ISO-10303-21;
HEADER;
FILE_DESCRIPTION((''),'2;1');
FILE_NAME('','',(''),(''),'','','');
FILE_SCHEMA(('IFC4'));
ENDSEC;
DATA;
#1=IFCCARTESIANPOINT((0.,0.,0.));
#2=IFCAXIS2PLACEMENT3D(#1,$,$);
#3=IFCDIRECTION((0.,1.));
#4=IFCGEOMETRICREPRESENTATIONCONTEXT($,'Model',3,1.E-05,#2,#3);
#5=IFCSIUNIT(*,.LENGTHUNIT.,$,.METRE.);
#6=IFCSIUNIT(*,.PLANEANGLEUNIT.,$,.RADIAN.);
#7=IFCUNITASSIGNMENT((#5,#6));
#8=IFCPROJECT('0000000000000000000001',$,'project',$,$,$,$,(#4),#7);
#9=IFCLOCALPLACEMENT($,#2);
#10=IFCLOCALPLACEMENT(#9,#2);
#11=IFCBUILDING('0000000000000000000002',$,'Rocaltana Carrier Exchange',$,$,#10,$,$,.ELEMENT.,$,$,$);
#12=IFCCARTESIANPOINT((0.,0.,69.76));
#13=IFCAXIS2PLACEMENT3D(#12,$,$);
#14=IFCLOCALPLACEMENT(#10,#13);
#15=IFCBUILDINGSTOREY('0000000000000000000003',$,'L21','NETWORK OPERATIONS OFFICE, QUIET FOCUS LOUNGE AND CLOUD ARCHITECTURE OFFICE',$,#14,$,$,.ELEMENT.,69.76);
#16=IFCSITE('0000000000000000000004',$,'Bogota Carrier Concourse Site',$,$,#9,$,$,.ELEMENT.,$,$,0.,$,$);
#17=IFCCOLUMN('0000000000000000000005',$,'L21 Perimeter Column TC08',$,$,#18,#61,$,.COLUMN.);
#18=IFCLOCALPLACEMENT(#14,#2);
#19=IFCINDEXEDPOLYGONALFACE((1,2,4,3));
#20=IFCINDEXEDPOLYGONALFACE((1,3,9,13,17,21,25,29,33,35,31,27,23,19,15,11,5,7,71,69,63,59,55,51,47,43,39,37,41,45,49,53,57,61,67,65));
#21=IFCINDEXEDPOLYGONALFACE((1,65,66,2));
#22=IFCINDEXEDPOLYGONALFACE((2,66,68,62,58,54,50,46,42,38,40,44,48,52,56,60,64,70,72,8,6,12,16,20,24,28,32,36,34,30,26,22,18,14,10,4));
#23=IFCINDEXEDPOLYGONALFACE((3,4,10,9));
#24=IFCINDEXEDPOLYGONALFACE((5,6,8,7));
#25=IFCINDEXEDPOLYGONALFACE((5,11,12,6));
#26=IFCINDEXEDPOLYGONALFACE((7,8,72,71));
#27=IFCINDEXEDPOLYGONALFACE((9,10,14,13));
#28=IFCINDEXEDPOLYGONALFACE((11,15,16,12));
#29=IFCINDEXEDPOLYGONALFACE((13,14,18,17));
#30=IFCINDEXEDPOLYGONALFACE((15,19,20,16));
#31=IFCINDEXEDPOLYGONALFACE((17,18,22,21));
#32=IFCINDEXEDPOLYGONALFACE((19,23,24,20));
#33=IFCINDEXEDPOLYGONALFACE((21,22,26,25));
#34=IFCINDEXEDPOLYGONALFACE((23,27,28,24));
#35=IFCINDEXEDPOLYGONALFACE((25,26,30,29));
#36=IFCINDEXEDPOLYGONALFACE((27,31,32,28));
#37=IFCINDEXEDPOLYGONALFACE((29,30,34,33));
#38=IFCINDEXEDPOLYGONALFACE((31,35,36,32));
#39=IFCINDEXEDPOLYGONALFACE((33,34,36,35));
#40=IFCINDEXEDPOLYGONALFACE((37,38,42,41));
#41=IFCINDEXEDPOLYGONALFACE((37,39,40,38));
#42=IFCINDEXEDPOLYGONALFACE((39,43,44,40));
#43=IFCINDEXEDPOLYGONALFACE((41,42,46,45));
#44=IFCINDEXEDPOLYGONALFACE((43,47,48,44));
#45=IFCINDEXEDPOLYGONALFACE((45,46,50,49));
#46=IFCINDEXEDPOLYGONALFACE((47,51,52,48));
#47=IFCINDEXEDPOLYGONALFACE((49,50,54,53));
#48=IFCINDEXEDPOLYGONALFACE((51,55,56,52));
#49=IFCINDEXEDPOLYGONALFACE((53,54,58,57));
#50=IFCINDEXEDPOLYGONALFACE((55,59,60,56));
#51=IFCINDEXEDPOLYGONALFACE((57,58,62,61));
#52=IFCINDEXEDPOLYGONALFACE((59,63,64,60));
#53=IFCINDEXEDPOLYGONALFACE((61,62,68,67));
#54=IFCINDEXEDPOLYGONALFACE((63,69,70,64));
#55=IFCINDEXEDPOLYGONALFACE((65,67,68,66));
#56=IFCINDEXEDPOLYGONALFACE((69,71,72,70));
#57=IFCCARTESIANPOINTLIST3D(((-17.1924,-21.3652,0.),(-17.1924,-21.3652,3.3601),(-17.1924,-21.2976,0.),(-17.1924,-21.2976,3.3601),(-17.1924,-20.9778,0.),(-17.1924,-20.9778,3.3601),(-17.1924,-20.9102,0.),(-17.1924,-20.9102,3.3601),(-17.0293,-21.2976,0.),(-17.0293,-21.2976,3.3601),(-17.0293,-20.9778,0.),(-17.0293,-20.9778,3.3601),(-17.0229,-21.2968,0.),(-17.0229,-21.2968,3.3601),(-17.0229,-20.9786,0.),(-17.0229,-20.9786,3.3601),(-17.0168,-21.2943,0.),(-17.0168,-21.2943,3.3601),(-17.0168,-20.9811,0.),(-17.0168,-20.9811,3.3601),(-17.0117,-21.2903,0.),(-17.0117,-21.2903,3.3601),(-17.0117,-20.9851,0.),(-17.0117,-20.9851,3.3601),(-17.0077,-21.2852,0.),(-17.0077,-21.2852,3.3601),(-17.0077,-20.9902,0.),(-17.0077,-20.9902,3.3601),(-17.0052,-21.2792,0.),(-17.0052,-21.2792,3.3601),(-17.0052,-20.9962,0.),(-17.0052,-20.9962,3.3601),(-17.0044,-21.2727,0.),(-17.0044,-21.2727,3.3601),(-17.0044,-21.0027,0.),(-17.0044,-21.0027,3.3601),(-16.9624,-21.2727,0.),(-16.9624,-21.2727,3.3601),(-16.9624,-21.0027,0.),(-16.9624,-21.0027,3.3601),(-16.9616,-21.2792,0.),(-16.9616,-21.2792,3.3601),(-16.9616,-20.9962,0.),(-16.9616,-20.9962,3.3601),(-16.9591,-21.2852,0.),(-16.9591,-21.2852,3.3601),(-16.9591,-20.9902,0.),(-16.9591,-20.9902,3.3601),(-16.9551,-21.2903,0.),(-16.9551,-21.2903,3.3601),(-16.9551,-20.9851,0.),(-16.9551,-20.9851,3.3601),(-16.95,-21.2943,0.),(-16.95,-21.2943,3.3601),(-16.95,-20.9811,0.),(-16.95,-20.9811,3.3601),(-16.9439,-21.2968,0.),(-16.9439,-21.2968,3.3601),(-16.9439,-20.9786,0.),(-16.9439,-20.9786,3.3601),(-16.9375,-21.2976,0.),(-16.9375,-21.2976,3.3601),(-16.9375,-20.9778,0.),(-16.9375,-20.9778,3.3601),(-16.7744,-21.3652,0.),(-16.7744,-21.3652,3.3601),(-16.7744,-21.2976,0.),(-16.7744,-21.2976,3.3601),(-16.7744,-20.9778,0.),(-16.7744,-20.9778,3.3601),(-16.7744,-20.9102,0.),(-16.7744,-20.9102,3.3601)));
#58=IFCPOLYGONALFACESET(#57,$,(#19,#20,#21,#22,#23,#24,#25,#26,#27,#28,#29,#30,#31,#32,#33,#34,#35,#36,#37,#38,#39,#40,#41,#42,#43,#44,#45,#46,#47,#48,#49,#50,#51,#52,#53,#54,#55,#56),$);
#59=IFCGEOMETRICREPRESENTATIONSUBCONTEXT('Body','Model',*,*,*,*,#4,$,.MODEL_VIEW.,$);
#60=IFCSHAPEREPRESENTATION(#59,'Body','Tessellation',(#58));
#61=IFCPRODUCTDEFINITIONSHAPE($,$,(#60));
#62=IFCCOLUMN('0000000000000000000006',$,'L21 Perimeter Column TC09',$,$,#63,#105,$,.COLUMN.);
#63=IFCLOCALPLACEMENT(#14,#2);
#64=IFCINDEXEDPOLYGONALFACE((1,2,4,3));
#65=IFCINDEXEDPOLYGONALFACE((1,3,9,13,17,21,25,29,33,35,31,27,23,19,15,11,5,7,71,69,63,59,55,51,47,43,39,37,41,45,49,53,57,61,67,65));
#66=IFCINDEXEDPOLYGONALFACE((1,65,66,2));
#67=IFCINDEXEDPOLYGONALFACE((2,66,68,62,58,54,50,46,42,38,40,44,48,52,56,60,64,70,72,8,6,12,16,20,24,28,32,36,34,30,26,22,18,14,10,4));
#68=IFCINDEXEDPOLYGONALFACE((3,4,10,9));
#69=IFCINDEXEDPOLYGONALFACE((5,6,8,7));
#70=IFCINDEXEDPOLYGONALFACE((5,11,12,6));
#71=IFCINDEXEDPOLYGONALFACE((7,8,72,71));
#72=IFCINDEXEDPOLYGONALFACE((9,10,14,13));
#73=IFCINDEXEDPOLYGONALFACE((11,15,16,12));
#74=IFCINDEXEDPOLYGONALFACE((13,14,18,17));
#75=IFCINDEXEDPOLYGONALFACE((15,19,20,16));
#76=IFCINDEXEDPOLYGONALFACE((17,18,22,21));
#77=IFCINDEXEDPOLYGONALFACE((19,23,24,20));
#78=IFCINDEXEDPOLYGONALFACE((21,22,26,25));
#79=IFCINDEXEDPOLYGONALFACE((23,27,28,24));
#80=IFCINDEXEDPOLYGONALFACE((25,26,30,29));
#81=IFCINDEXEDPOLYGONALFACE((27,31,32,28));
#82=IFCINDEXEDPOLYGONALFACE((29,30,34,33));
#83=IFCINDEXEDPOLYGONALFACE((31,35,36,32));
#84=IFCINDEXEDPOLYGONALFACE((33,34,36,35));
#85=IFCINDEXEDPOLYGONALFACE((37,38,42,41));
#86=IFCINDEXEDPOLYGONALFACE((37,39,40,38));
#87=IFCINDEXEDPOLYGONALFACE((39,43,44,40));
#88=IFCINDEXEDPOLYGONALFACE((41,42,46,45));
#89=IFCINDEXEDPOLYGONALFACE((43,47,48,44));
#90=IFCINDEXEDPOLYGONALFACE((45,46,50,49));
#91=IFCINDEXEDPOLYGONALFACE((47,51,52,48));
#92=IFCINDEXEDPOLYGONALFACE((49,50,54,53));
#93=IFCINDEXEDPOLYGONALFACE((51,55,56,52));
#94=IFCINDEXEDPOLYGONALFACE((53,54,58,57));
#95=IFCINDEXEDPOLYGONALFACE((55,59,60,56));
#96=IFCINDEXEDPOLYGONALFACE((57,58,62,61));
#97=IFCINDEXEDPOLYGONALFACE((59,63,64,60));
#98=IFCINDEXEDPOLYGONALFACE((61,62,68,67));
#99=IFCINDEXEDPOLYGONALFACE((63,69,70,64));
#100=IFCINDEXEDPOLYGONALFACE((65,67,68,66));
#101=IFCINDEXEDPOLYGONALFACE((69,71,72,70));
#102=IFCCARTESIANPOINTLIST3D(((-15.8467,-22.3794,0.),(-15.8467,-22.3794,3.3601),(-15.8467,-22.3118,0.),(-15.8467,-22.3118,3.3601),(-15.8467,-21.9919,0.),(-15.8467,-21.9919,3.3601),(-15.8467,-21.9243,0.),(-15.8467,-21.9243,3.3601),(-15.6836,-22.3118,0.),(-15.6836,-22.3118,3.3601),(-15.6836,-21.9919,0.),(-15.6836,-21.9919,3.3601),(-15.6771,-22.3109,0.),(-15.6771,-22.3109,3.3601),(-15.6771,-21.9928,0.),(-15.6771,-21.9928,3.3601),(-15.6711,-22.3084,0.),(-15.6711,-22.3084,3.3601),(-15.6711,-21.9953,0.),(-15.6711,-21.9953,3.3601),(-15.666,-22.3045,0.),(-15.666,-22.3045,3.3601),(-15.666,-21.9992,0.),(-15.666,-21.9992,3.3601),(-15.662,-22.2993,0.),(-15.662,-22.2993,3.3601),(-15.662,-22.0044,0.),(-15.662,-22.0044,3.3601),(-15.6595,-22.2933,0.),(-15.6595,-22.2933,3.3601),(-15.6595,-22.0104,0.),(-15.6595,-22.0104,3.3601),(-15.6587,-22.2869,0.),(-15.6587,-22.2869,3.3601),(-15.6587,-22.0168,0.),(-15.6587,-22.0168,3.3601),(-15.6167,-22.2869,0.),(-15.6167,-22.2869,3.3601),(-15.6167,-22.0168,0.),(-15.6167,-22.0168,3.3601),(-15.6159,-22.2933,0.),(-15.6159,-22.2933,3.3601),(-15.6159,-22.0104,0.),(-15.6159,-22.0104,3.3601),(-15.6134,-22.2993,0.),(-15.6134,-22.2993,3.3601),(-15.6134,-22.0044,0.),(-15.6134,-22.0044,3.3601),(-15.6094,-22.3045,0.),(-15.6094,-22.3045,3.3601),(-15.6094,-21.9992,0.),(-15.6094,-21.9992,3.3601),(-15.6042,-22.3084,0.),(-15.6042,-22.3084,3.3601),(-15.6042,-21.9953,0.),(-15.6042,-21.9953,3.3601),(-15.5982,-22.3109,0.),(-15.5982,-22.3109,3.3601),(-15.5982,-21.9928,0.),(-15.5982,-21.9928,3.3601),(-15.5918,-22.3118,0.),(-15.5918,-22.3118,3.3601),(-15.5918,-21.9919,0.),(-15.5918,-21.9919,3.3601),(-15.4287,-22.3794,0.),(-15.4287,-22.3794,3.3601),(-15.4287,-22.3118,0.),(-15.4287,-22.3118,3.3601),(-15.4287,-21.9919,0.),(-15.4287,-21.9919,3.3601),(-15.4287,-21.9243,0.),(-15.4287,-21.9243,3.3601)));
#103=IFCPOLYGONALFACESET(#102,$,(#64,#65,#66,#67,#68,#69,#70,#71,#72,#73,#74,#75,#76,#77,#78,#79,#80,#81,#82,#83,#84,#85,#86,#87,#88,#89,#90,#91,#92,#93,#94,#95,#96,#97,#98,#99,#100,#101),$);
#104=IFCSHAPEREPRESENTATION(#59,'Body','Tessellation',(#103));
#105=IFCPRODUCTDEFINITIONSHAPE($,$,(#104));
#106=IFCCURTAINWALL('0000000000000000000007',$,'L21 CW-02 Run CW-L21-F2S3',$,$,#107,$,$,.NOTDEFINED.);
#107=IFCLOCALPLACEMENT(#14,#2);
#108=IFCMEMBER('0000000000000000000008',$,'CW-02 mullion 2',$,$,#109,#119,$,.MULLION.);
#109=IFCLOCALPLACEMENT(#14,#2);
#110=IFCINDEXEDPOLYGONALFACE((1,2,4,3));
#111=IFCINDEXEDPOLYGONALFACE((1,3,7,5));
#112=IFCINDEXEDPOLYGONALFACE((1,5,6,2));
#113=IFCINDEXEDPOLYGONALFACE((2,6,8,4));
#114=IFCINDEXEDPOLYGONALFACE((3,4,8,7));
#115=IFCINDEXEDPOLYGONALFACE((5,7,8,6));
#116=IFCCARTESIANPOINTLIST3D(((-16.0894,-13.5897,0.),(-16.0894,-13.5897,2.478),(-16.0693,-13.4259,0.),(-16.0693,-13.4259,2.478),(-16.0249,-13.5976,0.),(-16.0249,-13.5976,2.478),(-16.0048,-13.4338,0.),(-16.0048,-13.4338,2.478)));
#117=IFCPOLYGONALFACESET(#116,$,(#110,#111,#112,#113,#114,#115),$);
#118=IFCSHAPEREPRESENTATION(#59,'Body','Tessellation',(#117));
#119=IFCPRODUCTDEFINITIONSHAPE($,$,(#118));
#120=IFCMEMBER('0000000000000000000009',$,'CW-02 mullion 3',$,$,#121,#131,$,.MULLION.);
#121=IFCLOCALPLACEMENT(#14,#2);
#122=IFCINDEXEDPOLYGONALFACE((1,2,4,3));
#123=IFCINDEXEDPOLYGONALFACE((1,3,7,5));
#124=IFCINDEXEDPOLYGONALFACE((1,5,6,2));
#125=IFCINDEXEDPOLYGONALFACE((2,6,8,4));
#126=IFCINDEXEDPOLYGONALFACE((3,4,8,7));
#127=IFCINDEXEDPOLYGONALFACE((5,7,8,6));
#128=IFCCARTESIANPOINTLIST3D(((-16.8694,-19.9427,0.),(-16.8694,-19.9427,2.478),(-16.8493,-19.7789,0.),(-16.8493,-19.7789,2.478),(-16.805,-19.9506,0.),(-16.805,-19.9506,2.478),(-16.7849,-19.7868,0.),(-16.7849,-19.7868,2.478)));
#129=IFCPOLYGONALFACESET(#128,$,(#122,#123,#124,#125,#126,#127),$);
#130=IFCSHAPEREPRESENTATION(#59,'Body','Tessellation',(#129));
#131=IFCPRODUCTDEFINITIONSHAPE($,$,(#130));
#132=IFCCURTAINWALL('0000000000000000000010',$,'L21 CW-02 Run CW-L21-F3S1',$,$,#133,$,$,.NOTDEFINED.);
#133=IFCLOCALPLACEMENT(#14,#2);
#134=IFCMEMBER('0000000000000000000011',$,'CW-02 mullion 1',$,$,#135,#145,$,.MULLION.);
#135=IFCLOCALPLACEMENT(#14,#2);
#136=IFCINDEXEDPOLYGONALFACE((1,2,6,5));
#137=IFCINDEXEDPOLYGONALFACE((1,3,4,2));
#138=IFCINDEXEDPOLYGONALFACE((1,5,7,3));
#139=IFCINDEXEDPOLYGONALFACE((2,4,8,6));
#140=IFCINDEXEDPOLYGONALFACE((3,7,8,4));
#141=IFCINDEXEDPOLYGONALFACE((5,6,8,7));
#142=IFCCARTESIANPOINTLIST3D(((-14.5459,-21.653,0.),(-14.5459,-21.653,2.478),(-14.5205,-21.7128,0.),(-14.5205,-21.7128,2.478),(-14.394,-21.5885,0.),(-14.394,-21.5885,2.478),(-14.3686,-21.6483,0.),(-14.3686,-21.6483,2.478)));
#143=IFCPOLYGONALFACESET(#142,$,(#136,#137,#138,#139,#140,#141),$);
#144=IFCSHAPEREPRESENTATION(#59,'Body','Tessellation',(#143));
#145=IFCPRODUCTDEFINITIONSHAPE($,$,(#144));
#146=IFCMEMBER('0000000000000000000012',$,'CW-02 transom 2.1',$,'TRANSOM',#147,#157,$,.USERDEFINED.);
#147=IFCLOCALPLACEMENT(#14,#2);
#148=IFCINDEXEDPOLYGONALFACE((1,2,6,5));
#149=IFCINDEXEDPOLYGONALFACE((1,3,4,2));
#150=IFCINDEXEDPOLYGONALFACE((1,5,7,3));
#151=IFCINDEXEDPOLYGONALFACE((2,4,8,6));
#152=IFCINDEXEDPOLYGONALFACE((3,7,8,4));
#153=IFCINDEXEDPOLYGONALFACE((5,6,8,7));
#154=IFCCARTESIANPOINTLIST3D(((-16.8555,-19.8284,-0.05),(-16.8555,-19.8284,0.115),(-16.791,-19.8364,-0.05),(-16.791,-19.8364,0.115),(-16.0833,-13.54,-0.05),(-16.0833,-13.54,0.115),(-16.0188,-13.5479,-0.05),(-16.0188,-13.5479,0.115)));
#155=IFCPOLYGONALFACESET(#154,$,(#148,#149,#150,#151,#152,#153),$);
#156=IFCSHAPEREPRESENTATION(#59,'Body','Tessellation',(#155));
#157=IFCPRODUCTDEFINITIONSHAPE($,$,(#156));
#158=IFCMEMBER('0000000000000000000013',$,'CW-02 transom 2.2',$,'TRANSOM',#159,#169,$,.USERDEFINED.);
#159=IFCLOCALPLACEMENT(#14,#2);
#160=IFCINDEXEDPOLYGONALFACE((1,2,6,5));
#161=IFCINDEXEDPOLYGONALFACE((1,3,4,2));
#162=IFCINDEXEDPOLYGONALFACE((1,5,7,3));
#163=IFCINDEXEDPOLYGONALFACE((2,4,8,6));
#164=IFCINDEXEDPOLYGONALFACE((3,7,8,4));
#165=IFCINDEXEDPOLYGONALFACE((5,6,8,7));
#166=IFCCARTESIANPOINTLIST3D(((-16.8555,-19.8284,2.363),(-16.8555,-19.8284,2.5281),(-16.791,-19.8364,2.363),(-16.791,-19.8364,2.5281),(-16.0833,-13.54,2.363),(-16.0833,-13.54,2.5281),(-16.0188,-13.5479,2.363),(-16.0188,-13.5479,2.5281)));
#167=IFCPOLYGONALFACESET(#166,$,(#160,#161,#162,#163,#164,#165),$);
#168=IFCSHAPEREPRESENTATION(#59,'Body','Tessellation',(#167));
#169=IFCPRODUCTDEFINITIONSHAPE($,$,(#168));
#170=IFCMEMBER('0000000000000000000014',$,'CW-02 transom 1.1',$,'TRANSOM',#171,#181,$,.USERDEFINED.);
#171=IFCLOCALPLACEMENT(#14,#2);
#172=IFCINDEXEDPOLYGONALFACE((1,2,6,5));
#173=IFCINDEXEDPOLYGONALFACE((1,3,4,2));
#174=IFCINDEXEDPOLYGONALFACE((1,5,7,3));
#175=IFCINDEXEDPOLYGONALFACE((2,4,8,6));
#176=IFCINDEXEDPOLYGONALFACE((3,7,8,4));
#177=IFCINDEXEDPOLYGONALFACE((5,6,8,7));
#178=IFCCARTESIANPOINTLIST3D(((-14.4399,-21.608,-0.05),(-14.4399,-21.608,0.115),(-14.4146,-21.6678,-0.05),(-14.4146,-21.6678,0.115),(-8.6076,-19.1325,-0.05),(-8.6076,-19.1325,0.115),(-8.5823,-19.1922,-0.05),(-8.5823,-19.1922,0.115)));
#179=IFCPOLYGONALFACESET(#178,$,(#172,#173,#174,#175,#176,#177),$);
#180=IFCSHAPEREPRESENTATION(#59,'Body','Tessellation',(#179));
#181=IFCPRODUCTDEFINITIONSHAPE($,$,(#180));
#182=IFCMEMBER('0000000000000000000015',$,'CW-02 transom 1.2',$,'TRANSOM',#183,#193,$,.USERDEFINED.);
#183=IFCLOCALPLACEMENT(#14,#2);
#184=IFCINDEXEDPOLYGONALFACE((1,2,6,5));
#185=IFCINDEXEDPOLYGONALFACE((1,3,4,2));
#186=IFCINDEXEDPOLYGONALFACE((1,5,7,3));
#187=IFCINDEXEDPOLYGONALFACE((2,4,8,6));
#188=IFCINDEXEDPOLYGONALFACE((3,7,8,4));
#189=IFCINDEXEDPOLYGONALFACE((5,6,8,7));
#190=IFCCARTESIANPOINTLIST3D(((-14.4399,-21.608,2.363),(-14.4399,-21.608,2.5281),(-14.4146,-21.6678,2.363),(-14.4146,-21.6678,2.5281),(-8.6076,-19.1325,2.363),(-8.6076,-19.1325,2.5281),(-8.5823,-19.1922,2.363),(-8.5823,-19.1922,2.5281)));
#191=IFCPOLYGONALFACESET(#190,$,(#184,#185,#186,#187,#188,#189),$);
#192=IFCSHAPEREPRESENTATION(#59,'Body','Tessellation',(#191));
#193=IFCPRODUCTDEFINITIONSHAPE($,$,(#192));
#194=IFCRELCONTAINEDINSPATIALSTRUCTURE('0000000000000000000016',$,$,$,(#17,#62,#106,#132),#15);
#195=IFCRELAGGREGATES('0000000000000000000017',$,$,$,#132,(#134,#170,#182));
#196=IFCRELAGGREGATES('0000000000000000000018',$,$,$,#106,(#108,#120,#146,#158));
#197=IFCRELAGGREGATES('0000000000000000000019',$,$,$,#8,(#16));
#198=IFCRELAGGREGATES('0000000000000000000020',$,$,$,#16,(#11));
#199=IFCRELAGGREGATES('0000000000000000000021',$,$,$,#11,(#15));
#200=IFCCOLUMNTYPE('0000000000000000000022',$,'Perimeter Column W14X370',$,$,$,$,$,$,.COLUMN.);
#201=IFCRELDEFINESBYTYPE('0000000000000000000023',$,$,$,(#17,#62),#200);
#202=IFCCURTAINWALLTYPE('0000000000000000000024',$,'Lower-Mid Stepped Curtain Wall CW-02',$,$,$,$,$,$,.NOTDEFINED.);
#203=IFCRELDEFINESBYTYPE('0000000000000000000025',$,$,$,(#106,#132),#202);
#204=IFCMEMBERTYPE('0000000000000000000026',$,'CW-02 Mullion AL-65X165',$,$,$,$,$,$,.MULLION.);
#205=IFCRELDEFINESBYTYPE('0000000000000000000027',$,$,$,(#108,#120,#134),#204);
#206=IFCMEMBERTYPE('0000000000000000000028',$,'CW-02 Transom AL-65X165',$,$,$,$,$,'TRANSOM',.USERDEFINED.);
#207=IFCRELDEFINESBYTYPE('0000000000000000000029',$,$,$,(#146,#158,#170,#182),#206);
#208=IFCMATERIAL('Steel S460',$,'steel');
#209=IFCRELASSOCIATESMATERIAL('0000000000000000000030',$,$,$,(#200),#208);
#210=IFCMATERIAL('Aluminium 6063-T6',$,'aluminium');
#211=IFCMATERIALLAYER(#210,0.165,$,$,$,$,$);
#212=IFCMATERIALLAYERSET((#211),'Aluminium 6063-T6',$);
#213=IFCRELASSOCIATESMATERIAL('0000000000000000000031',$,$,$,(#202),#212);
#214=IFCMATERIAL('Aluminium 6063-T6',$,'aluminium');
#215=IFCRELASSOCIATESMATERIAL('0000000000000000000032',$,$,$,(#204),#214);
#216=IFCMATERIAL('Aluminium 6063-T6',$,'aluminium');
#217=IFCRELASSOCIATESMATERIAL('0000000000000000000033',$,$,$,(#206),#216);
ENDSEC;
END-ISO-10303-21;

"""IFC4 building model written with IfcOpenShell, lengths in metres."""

from ifc_helpers import new_model, si_unit, direction, frame, origin, origin_2d, place, context, subcontext, project, spatial, rectangle, i_section, extrude, material, layer, layer_set, material_profile, profile_set, type_object, element, aggregate, save


model = new_model("IFC4")

# Units and contexts
model_context = context("Model", 3, precision=1e-05, world=origin(), true_north=direction((0.0, 1.0)))
body_context = subcontext(model_context, "Body", "Model", "MODEL_VIEW")
ifc_project = project(units=[si_unit("LENGTHUNIT", "METRE"), si_unit("PLANEANGLEUNIT", "RADIAN")], contexts=[model_context])

# Site, building, storey
site_placement = place(None, origin())
site = spatial("IfcSite", under=ifc_project, at=site_placement, Name="Bogota Carrier Concourse Site", CompositionType="ELEMENT", RefElevation=0.0)
building_placement = place(site_placement, origin())
building = spatial("IfcBuilding", under=site, at=building_placement, Name="Rocaltana Carrier Exchange", CompositionType="ELEMENT")
storey_placement = place(building_placement, frame((0.0, 0.0, 69.76)))
storey = spatial("IfcBuildingStorey", under=building, at=storey_placement, Name="L21", Description="NETWORK OPERATIONS OFFICE, QUIET FOCUS LOUNGE AND CLOUD ARCHITECTURE OFFICE", CompositionType="ELEMENT", Elevation=69.76)

# Columns
ifc_material_1 = material(Name="Steel S460", Category="steel")
ifc_material_profile_1 = material_profile(ifc_material_1, i_section(OverallWidth=0.418, OverallDepth=0.4551, WebThickness=0.042, FlangeThickness=0.0676, FilletRadius=0.0249, at=origin_2d()), Name="W14X370")
ifc_profile_set_1 = profile_set([ifc_material_profile_1], Name="Steel S460")
column_type = type_object("IfcColumnType", Name="Perimeter Column W14X370", PredefinedType="COLUMN", material=ifc_profile_set_1)
for number, where, z_axis, x_axis, name in (
    (1, (-16.9834, -21.1377, 0.0), (0.0, 0.0, 1.0), (1.0, 0.0, 0.0), "L21 Perimeter Column TC08"),
    (2, (-15.6377, -22.1519, 0.0), (0.0, 0.0, 1.0), (1.0, 0.0, 0.0), "L21 Perimeter Column TC09"),
):
    element("IfcColumn", number, at=place(storey_placement, frame(where, z_axis=z_axis, x_axis=x_axis)), inside=storey, type_object=column_type, Name=name, PredefinedType="COLUMN", context=body_context, shape_type="SweptSolid", body=[
        extrude(i_section(OverallWidth=0.418, OverallDepth=0.4551, WebThickness=0.042, FlangeThickness=0.0676, FilletRadius=0.0249, at=origin_2d()), origin(), (0.0, 0.0, 1.0), 3.3601),
    ])

# Curtain wall, members
ifc_material_2 = material(Name="Aluminium 6063-T6", Category="aluminium")
ifc_layer_1 = layer(ifc_material_2, 0.165)
ifc_layer_set_1 = layer_set([ifc_layer_1], Name="Aluminium 6063-T6")
curtain_wall_type = type_object("IfcCurtainWallType", Name="Lower-Mid Stepped Curtain Wall CW-02", PredefinedType="NOTDEFINED", material=ifc_layer_set_1)
curtain_wall_1_placement = place(storey_placement, origin())
curtain_wall_1 = element("IfcCurtainWall", 3, at=curtain_wall_1_placement, inside=storey, type_object=curtain_wall_type, Name="L21 CW-02 Run CW-L21-F2S3", PredefinedType="NOTDEFINED")
ifc_material_3 = material(Name="Aluminium 6063-T6", Category="aluminium")
ifc_material_profile_2 = material_profile(ifc_material_3, rectangle(XDim=0.0649, YDim=0.165, at=origin_2d()), Name="AL-65X165")
ifc_profile_set_2 = profile_set([ifc_material_profile_2], Name="Aluminium 6063-T6")
member_type_1 = type_object("IfcMemberType", Name="CW-02 Mullion AL-65X165", PredefinedType="MULLION", material=ifc_profile_set_2)
member_1_placement = place(storey_placement, frame((-16.0471, -13.5117, 0.0), z_axis=(0.0, 0.0, 1.0), x_axis=(0.992545, -0.121881, 0.0)))
member_1 = element("IfcMember", 4, at=member_1_placement, type_object=member_type_1, Name="CW-02 mullion 2", PredefinedType="MULLION", context=body_context, shape_type="SweptSolid", body=[
    extrude(rectangle(XDim=0.0649, YDim=0.165, at=origin_2d()), origin(), (0.0, 0.0, 1.0), 2.478),
])
member_2_placement = place(storey_placement, frame((-16.8271, -19.8647, 0.0), z_axis=(0.0, 0.0, 1.0), x_axis=(0.992545, -0.121881, 0.0)))
member_2 = element("IfcMember", 5, at=member_2_placement, type_object=member_type_1, Name="CW-02 mullion 3", PredefinedType="MULLION", context=body_context, shape_type="SweptSolid", body=[
    extrude(rectangle(XDim=0.0649, YDim=0.165, at=origin_2d()), origin(), (0.0, 0.0, 1.0), 2.478),
])

# Curtain wall, member
curtain_wall_2_placement = place(storey_placement, origin())
curtain_wall_2 = element("IfcCurtainWall", 6, at=curtain_wall_2_placement, inside=storey, type_object=curtain_wall_type, Name="L21 CW-02 Run CW-L21-F3S1", PredefinedType="NOTDEFINED")
member_3_placement = place(storey_placement, frame((-14.4573, -21.6506, 0.0), z_axis=(0.0, 0.0, 1.0), x_axis=(-0.390729, 0.920506, 0.0)))
member_3 = element("IfcMember", 7, at=member_3_placement, type_object=member_type_1, Name="CW-02 mullion 1", PredefinedType="MULLION", context=body_context, shape_type="SweptSolid", body=[
    extrude(rectangle(XDim=0.0649, YDim=0.165, at=origin_2d()), origin(), (0.0, 0.0, 1.0), 2.478),
])

# Members
ifc_material_4 = material(Name="Aluminium 6063-T6", Category="aluminium")
ifc_material_profile_3 = material_profile(ifc_material_4, rectangle(XDim=0.0649, YDim=0.165, at=origin_2d()), Name="AL-65X165")
ifc_profile_set_3 = profile_set([ifc_material_profile_3], Name="Aluminium 6063-T6")
member_type_2 = type_object("IfcMemberType", Name="CW-02 Transom AL-65X165", ElementType="TRANSOM", PredefinedType="USERDEFINED", material=ifc_profile_set_3)
member_4_placement = place(storey_placement, frame((-16.051, -13.5439, 0.0325), z_axis=(-0.121881, -0.992545, 0.0), x_axis=(0.992545, -0.121881, 0.0)))
member_4 = element("IfcMember", 8, at=member_4_placement, type_object=member_type_2, Name="CW-02 transom 2.1", ObjectType="TRANSOM", PredefinedType="USERDEFINED", context=body_context, shape_type="SweptSolid", body=[
    extrude(rectangle(XDim=0.0649, YDim=0.165, at=origin_2d()), origin(), (0.0, 0.0, 1.0), 6.3357),
])
member_5_placement = place(storey_placement, frame((-16.051, -13.5439, 2.4456), z_axis=(-0.121881, -0.992545, 0.0), x_axis=(0.992545, -0.121881, 0.0)))
member_5 = element("IfcMember", 9, at=member_5_placement, type_object=member_type_2, Name="CW-02 transom 2.2", ObjectType="TRANSOM", PredefinedType="USERDEFINED", context=body_context, shape_type="SweptSolid", body=[
    extrude(rectangle(XDim=0.0649, YDim=0.165, at=origin_2d()), origin(), (0.0, 0.0, 1.0), 6.3357),
])
member_6_placement = place(storey_placement, frame((-14.4272, -21.6379, 0.0325), z_axis=(0.920509, 0.390722, 0.0), x_axis=(-0.390722, 0.920509, 0.0)))
member_6 = element("IfcMember", 10, at=member_6_placement, type_object=member_type_2, Name="CW-02 transom 1.1", ObjectType="TRANSOM", PredefinedType="USERDEFINED", context=body_context, shape_type="SweptSolid", body=[
    extrude(rectangle(XDim=0.0649, YDim=0.165, at=origin_2d()), origin(), (0.0, 0.0, 1.0), 6.3359),
])
member_7_placement = place(storey_placement, frame((-14.4272, -21.6379, 2.4456), z_axis=(0.920509, 0.390722, 0.0), x_axis=(-0.390722, 0.920509, 0.0)))
member_7 = element("IfcMember", 11, at=member_7_placement, type_object=member_type_2, Name="CW-02 transom 1.2", ObjectType="TRANSOM", PredefinedType="USERDEFINED", context=body_context, shape_type="SweptSolid", body=[
    extrude(rectangle(XDim=0.0649, YDim=0.165, at=origin_2d()), origin(), (0.0, 0.0, 1.0), 6.3359),
])
aggregate(curtain_wall_2, [member_3, member_6, member_7])

aggregate(curtain_wall_1, [member_1, member_2, member_4, member_5])

save(model, "model.ifc")
